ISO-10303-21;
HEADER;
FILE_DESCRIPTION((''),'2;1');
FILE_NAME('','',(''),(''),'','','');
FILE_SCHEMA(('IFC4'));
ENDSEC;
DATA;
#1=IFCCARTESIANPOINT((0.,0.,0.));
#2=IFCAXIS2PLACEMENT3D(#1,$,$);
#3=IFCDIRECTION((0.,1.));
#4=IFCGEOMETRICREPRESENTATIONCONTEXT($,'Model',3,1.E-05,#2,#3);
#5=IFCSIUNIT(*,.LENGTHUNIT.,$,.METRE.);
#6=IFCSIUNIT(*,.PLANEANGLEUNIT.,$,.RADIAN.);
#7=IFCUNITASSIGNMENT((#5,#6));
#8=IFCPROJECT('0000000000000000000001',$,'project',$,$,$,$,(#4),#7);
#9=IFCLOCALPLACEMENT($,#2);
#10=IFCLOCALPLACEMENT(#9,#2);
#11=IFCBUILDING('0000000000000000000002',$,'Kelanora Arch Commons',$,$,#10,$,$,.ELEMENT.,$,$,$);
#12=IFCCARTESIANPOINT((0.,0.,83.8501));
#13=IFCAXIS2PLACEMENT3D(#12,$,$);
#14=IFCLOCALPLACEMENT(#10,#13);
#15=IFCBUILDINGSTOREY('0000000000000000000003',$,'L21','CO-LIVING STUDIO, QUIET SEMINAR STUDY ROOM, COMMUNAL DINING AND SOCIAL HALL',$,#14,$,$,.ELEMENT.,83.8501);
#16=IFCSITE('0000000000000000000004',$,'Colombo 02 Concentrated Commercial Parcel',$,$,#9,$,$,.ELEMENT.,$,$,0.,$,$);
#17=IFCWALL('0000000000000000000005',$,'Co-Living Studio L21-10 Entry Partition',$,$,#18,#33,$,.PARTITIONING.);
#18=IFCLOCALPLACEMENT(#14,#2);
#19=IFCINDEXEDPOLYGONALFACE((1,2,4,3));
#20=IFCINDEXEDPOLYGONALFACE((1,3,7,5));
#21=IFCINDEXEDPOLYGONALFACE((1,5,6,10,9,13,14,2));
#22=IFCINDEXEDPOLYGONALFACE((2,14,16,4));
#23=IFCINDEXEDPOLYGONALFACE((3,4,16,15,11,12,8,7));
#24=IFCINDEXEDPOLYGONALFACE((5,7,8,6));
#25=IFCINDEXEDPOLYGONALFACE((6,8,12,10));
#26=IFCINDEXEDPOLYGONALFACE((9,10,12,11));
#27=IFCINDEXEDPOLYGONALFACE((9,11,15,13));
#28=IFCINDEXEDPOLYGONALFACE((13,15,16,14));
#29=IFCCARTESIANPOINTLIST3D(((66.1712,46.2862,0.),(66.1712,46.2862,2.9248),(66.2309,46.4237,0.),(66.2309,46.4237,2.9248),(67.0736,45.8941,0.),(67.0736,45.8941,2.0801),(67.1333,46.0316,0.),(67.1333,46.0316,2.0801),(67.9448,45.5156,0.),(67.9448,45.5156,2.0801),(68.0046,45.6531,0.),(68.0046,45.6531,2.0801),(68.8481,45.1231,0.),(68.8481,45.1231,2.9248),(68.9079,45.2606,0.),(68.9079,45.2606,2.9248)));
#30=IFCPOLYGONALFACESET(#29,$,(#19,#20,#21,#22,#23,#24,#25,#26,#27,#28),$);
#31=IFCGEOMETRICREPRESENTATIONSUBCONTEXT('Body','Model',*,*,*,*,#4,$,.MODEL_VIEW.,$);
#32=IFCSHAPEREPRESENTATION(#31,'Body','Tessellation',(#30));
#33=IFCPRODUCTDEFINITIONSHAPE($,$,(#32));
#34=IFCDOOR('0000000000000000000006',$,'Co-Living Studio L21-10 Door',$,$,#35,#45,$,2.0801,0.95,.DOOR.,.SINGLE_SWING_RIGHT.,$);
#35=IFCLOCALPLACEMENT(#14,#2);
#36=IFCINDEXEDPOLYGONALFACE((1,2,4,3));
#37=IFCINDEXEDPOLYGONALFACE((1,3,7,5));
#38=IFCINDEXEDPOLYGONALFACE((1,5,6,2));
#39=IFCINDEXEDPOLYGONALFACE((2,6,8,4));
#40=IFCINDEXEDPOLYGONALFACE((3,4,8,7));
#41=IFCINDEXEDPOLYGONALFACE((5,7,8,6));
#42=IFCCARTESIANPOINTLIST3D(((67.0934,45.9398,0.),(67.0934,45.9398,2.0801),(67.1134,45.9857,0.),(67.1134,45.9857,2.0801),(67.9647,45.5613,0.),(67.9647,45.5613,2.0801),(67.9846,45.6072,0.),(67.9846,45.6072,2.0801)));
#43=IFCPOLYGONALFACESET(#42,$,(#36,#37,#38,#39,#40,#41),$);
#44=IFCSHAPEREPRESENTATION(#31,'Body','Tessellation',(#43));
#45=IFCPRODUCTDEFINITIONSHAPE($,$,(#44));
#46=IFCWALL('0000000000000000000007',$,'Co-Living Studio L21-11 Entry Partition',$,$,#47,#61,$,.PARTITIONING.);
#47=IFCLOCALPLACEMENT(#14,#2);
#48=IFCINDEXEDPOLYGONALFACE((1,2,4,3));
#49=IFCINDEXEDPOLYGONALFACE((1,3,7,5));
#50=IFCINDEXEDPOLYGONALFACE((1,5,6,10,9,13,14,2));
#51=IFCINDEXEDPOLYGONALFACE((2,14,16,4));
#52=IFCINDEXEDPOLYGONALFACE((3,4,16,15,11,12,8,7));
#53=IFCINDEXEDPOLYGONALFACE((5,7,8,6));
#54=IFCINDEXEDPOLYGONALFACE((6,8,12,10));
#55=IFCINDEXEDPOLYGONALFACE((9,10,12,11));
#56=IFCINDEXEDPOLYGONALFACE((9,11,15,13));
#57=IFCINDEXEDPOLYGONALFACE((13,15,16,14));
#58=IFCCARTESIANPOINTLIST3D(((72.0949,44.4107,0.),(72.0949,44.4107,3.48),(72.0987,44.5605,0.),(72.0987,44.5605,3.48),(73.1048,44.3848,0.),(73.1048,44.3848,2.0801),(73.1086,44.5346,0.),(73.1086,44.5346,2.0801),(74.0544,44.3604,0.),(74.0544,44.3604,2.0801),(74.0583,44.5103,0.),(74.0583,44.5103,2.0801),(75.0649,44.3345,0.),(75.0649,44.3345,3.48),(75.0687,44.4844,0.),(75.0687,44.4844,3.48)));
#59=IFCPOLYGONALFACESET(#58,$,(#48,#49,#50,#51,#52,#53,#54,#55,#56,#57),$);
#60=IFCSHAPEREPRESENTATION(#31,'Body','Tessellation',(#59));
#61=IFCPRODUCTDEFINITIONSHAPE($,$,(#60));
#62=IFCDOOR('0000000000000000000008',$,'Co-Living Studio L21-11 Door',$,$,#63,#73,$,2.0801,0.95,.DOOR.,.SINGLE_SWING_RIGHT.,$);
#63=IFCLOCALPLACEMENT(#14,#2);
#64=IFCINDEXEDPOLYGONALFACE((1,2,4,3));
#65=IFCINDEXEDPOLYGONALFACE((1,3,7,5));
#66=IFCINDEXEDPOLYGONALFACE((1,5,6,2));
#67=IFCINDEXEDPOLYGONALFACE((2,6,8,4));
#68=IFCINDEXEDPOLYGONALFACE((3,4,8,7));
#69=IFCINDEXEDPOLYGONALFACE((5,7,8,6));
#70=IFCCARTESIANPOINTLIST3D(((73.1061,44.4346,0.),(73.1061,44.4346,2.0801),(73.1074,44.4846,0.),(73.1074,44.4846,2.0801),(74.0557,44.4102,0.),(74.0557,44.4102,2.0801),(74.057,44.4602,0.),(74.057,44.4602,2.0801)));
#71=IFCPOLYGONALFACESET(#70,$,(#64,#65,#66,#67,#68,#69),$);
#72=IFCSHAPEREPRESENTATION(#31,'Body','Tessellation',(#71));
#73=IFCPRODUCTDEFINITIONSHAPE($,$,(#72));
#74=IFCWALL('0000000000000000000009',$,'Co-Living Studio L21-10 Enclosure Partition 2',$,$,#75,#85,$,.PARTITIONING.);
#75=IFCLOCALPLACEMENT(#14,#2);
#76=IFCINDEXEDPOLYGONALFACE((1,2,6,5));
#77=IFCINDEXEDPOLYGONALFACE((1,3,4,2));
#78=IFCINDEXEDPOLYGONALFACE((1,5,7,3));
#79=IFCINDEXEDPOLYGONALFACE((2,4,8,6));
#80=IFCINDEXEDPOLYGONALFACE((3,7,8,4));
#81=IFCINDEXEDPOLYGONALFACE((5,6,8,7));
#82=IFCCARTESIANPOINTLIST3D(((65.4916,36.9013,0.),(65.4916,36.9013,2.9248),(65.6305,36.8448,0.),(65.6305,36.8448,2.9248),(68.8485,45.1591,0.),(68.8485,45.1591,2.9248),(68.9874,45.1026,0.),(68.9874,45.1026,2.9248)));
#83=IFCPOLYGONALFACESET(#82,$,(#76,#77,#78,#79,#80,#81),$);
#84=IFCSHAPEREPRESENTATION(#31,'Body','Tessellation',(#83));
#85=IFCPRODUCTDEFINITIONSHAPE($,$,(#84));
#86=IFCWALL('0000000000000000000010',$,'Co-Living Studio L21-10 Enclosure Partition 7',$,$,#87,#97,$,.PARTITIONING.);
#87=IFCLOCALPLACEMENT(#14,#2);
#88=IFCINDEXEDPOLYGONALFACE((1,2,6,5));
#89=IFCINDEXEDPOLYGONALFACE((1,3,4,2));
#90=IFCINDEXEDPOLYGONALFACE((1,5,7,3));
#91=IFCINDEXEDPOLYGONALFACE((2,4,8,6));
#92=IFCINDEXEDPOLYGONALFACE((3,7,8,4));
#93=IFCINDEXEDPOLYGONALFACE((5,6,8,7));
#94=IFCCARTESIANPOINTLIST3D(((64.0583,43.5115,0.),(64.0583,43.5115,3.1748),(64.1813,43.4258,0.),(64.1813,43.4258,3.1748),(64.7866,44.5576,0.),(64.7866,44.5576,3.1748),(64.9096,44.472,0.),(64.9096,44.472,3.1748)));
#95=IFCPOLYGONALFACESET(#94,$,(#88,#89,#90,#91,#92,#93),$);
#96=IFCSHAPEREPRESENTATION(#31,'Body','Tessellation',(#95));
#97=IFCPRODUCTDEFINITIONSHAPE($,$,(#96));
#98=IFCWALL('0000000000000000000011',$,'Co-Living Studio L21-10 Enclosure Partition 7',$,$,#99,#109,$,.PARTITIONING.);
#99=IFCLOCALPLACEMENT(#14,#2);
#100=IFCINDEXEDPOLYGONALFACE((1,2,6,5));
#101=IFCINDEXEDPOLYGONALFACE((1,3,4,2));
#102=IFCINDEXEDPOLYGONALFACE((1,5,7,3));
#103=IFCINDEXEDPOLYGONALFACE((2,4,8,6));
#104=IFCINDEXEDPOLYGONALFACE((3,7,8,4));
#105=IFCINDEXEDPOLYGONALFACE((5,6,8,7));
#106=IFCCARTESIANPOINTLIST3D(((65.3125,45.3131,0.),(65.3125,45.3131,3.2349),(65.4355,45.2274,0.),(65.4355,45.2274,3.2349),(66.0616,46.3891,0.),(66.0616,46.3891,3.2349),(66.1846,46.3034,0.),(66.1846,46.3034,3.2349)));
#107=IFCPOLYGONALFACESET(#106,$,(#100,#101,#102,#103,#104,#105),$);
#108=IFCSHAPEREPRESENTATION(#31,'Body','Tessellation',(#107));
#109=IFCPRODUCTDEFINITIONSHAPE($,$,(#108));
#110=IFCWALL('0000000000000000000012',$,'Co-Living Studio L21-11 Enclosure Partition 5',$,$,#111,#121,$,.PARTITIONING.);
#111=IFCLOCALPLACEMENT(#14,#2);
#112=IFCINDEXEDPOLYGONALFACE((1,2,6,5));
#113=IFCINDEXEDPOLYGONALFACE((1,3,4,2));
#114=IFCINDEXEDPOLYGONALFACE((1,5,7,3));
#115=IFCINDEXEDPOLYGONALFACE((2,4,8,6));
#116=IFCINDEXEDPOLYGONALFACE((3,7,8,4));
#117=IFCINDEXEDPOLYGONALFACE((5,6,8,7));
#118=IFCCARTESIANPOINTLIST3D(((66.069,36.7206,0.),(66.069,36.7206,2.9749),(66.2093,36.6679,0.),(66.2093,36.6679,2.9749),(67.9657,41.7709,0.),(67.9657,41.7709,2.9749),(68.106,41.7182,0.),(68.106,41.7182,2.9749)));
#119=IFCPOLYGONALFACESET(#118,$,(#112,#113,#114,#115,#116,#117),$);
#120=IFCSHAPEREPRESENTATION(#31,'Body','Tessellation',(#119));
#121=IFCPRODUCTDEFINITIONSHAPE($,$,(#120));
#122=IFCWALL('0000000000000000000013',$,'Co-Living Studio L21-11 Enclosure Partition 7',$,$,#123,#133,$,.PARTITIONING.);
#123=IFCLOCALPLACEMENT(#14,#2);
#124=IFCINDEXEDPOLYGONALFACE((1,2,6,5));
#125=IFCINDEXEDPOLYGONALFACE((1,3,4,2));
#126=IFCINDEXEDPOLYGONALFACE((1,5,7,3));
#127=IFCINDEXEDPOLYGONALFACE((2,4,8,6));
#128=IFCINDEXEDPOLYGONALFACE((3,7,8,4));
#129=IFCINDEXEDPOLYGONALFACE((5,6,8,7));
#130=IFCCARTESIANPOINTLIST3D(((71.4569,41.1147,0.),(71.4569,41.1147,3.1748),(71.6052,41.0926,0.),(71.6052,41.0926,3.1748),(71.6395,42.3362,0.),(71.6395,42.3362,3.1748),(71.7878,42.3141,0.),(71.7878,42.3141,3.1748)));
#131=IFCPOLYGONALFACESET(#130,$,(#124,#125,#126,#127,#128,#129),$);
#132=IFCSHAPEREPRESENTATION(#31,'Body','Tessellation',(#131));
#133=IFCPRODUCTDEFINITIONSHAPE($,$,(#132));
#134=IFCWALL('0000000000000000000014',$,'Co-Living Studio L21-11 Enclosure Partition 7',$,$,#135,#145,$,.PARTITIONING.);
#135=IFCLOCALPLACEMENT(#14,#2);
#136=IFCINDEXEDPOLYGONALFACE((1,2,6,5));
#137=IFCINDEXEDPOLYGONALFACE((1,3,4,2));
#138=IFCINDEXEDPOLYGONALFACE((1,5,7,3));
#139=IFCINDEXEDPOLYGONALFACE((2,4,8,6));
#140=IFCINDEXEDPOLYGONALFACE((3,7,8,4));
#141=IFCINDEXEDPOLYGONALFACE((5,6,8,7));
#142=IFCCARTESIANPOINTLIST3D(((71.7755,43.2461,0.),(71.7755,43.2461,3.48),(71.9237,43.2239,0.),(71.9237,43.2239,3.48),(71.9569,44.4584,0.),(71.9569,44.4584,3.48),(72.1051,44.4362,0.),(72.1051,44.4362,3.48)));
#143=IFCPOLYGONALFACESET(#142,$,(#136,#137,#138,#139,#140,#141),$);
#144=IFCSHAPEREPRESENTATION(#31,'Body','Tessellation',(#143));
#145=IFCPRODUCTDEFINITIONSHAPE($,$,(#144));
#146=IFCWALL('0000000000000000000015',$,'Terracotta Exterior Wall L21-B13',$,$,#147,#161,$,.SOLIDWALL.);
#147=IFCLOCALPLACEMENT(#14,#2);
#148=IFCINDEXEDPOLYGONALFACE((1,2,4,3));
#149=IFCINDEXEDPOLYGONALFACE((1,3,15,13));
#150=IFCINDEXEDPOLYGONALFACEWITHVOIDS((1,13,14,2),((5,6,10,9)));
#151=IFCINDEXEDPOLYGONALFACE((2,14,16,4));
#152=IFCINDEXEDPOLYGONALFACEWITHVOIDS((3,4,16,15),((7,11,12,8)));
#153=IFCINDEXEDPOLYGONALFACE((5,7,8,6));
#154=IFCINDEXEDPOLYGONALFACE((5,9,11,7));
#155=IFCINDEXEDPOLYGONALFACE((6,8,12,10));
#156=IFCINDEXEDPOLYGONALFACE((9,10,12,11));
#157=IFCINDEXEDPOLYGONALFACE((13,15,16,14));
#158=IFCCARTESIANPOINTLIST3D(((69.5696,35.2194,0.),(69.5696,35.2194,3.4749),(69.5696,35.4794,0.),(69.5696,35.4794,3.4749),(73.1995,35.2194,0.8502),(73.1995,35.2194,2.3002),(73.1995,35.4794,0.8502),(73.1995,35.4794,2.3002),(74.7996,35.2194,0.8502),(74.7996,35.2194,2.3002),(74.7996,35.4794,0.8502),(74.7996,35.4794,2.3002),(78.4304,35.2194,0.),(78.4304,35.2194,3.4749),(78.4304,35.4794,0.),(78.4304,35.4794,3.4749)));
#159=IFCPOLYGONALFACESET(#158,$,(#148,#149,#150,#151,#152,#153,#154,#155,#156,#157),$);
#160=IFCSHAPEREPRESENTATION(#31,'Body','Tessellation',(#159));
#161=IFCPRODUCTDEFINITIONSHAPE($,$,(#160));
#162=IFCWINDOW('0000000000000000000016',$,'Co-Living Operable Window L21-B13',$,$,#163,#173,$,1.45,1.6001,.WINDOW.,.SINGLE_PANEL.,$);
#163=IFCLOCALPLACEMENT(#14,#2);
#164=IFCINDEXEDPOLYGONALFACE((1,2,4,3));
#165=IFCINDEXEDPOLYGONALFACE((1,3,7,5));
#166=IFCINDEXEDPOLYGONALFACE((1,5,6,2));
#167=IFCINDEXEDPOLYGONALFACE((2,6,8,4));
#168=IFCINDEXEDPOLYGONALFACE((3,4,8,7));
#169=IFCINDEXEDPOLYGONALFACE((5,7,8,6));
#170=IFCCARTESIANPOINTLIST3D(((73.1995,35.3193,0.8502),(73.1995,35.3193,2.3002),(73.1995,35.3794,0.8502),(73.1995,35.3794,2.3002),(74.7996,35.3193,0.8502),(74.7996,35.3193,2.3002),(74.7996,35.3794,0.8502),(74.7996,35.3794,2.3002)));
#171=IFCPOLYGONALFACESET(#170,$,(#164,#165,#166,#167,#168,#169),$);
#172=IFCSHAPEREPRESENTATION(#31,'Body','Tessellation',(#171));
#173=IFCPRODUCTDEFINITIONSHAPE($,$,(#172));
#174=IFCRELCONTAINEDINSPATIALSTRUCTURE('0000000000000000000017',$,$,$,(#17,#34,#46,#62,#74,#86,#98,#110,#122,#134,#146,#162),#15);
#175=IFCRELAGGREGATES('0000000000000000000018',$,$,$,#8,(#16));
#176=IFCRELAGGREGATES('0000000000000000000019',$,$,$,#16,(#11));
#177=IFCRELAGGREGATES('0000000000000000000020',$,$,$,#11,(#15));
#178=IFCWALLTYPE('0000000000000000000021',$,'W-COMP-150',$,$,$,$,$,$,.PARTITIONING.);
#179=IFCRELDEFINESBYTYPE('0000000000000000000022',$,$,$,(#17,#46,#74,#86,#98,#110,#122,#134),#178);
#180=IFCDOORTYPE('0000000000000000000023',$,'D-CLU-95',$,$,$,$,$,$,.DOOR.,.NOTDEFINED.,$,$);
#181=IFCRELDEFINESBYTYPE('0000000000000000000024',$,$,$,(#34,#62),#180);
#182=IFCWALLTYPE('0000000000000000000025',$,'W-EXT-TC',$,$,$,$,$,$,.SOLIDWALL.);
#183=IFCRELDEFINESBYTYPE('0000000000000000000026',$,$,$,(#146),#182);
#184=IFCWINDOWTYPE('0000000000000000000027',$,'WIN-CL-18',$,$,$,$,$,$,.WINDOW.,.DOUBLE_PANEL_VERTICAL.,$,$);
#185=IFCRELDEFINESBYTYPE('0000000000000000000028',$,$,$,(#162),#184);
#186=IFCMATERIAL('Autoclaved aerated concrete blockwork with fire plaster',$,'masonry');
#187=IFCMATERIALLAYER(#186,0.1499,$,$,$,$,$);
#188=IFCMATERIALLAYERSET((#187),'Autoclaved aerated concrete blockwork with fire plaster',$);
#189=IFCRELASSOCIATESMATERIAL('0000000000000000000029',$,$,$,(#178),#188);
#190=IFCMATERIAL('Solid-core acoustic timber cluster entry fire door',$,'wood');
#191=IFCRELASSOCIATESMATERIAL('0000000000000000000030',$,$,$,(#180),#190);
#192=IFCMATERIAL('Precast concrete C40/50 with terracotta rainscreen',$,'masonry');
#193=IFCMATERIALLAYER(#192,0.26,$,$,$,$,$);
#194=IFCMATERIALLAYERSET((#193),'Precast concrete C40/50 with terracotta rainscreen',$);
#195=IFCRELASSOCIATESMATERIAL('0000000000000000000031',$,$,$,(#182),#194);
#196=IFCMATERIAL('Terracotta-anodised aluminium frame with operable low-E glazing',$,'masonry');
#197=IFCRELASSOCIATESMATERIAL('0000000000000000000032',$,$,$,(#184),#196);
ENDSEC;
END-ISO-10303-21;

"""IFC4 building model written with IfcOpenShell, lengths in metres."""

from ifc_helpers import new_model, si_unit, direction, frame, frame_2d, origin, place, context, subcontext, project, spatial, rectangle, extrude, material, layer, layer_set, type_object, element, fill, save


model = new_model("IFC4")

# Units and contexts
model_context = context("Model", 3, precision=1e-05, world=origin(), true_north=direction((0.0, 1.0)))
body_context = subcontext(model_context, "Body", "Model", "MODEL_VIEW")
ifc_project = project(units=[si_unit("LENGTHUNIT", "METRE"), si_unit("PLANEANGLEUNIT", "RADIAN")], contexts=[model_context])

# Site, building, storey
site_placement = place(None, origin())
site = spatial("IfcSite", under=ifc_project, at=site_placement, Name="Colombo 02 Concentrated Commercial Parcel", CompositionType="ELEMENT", RefElevation=0.0)
building_placement = place(site_placement, origin())
building = spatial("IfcBuilding", under=site, at=building_placement, Name="Kelanora Arch Commons", CompositionType="ELEMENT")
storey_placement = place(building_placement, frame((0.0, 0.0, 83.8501)))
storey = spatial("IfcBuildingStorey", under=building, at=storey_placement, Name="L21", Description="CO-LIVING STUDIO, QUIET SEMINAR STUDY ROOM, COMMUNAL DINING AND SOCIAL HALL", CompositionType="ELEMENT", Elevation=83.8501)

# Walls, openings, doors
ifc_material_1 = material(Name="Autoclaved aerated concrete blockwork with fire plaster", Category="masonry")
ifc_layer_1 = layer(ifc_material_1, 0.1499)
ifc_layer_set_1 = layer_set([ifc_layer_1], Name="Autoclaved aerated concrete blockwork with fire plaster")
wall_type_1 = type_object("IfcWallType", Name="W-COMP-150", PredefinedType="PARTITIONING", material=ifc_layer_set_1)
wall_1_placement = place(storey_placement, frame((66.2009, 46.355, 0.0), z_axis=(0.0, 0.0, 1.0), x_axis=(0.917174, -0.398488, 0.0)))
wall_1 = element("IfcWall", 1, at=wall_1_placement, inside=storey, type_object=wall_type_1, Name="Co-Living Studio L21-10 Entry Partition", PredefinedType="PARTITIONING", context=body_context, shape_type="SweptSolid", body=[
    extrude(rectangle(XDim=2.9187, YDim=0.1499, at=frame_2d((1.4595, 0.0))), origin(), (0.0, 0.0, 1.0), 2.9248),
])
opening_1_placement = place(wall_1_placement, frame((0.9839, 0.0, 0.0)))
opening_1 = element("IfcOpeningElement", 2, at=opening_1_placement, cuts=wall_1, PredefinedType="OPENING", context=body_context, shape_type="SweptSolid", body=[
    extrude(rectangle(XDim=0.95, YDim=2.0801, at=frame_2d((0.4751, 1.04))), frame((0.0, 0.085, 0.0), z_axis=(0.0, -1.0, 0.0), x_axis=(1.0, 0.0, 0.0)), (0.0, 0.0, 1.0), 0.1699),
])
ifc_material_2 = material(Name="Solid-core acoustic timber cluster entry fire door", Category="wood")
door_type_1 = type_object("IfcDoorType", Name="D-CLU-95", OperationType="NOTDEFINED", PredefinedType="DOOR", material=ifc_material_2)
door_1_placement = place(opening_1_placement, origin())
door_1 = element("IfcDoor", 3, at=door_1_placement, inside=storey, type_object=door_type_1, Name="Co-Living Studio L21-10 Door", OperationType="SINGLE_SWING_RIGHT", OverallHeight=2.0801, OverallWidth=0.95, PredefinedType="DOOR", context=body_context, shape_type="SweptSolid", body=[
    extrude(rectangle(XDim=0.95, YDim=2.0801, at=frame_2d((0.4751, 1.04))), frame((0.0, 0.0249, 0.0), z_axis=(0.0, -1.0, 0.0), x_axis=(1.0, 0.0, 0.0)), (0.0, 0.0, 1.0), 0.05),
])
fill(opening_1, door_1)
wall_2_placement = place(storey_placement, frame((72.0969, 44.4856, 0.0), z_axis=(0.0, 0.0, 1.0), x_axis=(0.999671, -0.025639, 0.0)))
wall_2 = element("IfcWall", 4, at=wall_2_placement, inside=storey, type_object=wall_type_1, Name="Co-Living Studio L21-11 Entry Partition", PredefinedType="PARTITIONING", context=body_context, shape_type="SweptSolid", body=[
    extrude(rectangle(XDim=2.9709, YDim=0.1499, at=frame_2d((1.4854, 0.0))), origin(), (0.0, 0.0, 1.0), 3.48),
])
opening_2_placement = place(wall_2_placement, frame((1.01, 0.0, 0.0)))
opening_2 = element("IfcOpeningElement", 5, at=opening_2_placement, cuts=wall_2, PredefinedType="OPENING", context=body_context, shape_type="SweptSolid", body=[
    extrude(rectangle(XDim=0.95, YDim=2.0801, at=frame_2d((0.4751, 1.04))), frame((0.0, 0.085, 0.0), z_axis=(0.0, -1.0, 0.0), x_axis=(1.0, 0.0, 0.0)), (0.0, 0.0, 1.0), 0.1699),
])
door_2_placement = place(opening_2_placement, origin())
door_2 = element("IfcDoor", 6, at=door_2_placement, inside=storey, type_object=door_type_1, Name="Co-Living Studio L21-11 Door", OperationType="SINGLE_SWING_RIGHT", OverallHeight=2.0801, OverallWidth=0.95, PredefinedType="DOOR", context=body_context, shape_type="SweptSolid", body=[
    extrude(rectangle(XDim=0.95, YDim=2.0801, at=frame_2d((0.4751, 1.04))), frame((0.0, 0.0249, 0.0), z_axis=(0.0, -1.0, 0.0), x_axis=(1.0, 0.0, 0.0)), (0.0, 0.0, 1.0), 0.05),
])
fill(opening_2, door_2)

# Walls
wall_3_placement = place(storey_placement, frame((68.918, 45.1309, 0.0), z_axis=(0.0, 0.0, 1.0), x_axis=(-0.376589, -0.926381, 0.0)))
element("IfcWall", 7, at=wall_3_placement, inside=storey, type_object=wall_type_1, Name="Co-Living Studio L21-10 Enclosure Partition 2", PredefinedType="PARTITIONING", context=body_context, shape_type="SweptSolid", body=[
    extrude(rectangle(XDim=8.9141, YDim=0.1499, at=frame_2d((4.457, 0.0))), origin(), (0.0, 0.0, 1.0), 2.9248),
])
wall_4_placement = place(storey_placement, frame((64.1199, 43.4688, 0.0), z_axis=(0.0, 0.0, 1.0), x_axis=(0.571339, 0.820714, 0.0)))
element("IfcWall", 8, at=wall_4_placement, inside=storey, type_object=wall_type_1, Name="Co-Living Studio L21-10 Enclosure Partition 7", PredefinedType="PARTITIONING", context=body_context, shape_type="SweptSolid", body=[
    extrude(rectangle(XDim=1.2747, YDim=0.1499, at=frame_2d((0.6372, 0.0))), origin(), (0.0, 0.0, 1.0), 3.1748),
])
wall_5_placement = place(storey_placement, frame((65.374, 45.2703, 0.0), z_axis=(0.0, 0.0, 1.0), x_axis=(0.571348, 0.820708, 0.0)))
element("IfcWall", 9, at=wall_5_placement, inside=storey, type_object=wall_type_1, Name="Co-Living Studio L21-10 Enclosure Partition 7", PredefinedType="PARTITIONING", context=body_context, shape_type="SweptSolid", body=[
    extrude(rectangle(XDim=1.311, YDim=0.1499, at=frame_2d((0.6555, 0.0))), origin(), (0.0, 0.0, 1.0), 3.2349),
])
wall_6_placement = place(storey_placement, frame((66.1392, 36.6943, 0.0), z_axis=(0.0, 0.0, 1.0), x_axis=(0.35159, 0.936154, 0.0)))
element("IfcWall", 10, at=wall_6_placement, inside=storey, type_object=wall_type_1, Name="Co-Living Studio L21-11 Enclosure Partition 5", PredefinedType="PARTITIONING", context=body_context, shape_type="SweptSolid", body=[
    extrude(rectangle(XDim=5.3948, YDim=0.1499, at=frame_2d((2.6973, 0.0))), origin(), (0.0, 0.0, 1.0), 2.9749),
])
wall_7_placement = place(storey_placement, frame((71.531, 41.1035, 0.0), z_axis=(0.0, 0.0, 1.0), x_axis=(0.147867, 0.989007, 0.0)))
element("IfcWall", 11, at=wall_7_placement, inside=storey, type_object=wall_type_1, Name="Co-Living Studio L21-11 Enclosure Partition 7", PredefinedType="PARTITIONING", context=body_context, shape_type="SweptSolid", body=[
    extrude(rectangle(XDim=1.2351, YDim=0.1499, at=frame_2d((0.6177, 0.0))), origin(), (0.0, 0.0, 1.0), 3.1748),
])
wall_8_placement = place(storey_placement, frame((71.8496, 43.2351, 0.0), z_axis=(0.0, 0.0, 1.0), x_axis=(0.14797, 0.988992, 0.0)))
element("IfcWall", 12, at=wall_8_placement, inside=storey, type_object=wall_type_1, Name="Co-Living Studio L21-11 Enclosure Partition 7", PredefinedType="PARTITIONING", context=body_context, shape_type="SweptSolid", body=[
    extrude(rectangle(XDim=1.2258, YDim=0.1499, at=frame_2d((0.6128, 0.0))), origin(), (0.0, 0.0, 1.0), 3.48),
])

# Wall, opening, window
ifc_material_3 = material(Name="Precast concrete C40/50 with terracotta rainscreen", Category="masonry")
ifc_layer_2 = layer(ifc_material_3, 0.26)
ifc_layer_set_2 = layer_set([ifc_layer_2], Name="Precast concrete C40/50 with terracotta rainscreen")
wall_type_2 = type_object("IfcWallType", Name="W-EXT-TC", PredefinedType="SOLIDWALL", material=ifc_layer_set_2)
wall_9_placement = place(storey_placement, frame((69.5696, 35.3494, 0.0), z_axis=(0.0, 0.0, 1.0), x_axis=(1.0, 0.0, 0.0)))
wall_9 = element("IfcWall", 13, at=wall_9_placement, inside=storey, type_object=wall_type_2, Name="Terracotta Exterior Wall L21-B13", PredefinedType="SOLIDWALL", context=body_context, shape_type="SweptSolid", body=[
    extrude(rectangle(XDim=8.8608, YDim=0.26, at=frame_2d((4.4304, 0.0))), origin(), (0.0, 0.0, 1.0), 3.4749),
])
opening_3_placement = place(wall_9_placement, frame((3.6299, 0.0, 0.8501)))
opening_3 = element("IfcOpeningElement", 14, at=opening_3_placement, cuts=wall_9, PredefinedType="OPENING", context=body_context, shape_type="SweptSolid", body=[
    extrude(rectangle(XDim=1.6001, YDim=1.45, at=frame_2d((0.8, 0.7251))), frame((0.0, 0.1401, 0.0), z_axis=(0.0, -1.0, 0.0), x_axis=(1.0, 0.0, 0.0)), (0.0, 0.0, 1.0), 0.28),
])
ifc_material_4 = material(Name="Terracotta-anodised aluminium frame with operable low-E glazing", Category="masonry")
window_type = type_object("IfcWindowType", Name="WIN-CL-18", PartitioningType="DOUBLE_PANEL_VERTICAL", PredefinedType="WINDOW", material=ifc_material_4)
window_placement = place(opening_3_placement, origin())
window = element("IfcWindow", 15, at=window_placement, inside=storey, type_object=window_type, Name="Co-Living Operable Window L21-B13", OverallHeight=1.45, OverallWidth=1.6001, PartitioningType="SINGLE_PANEL", PredefinedType="WINDOW", context=body_context, shape_type="SweptSolid", body=[
    extrude(rectangle(XDim=1.6001, YDim=1.45, at=frame_2d((0.8, 0.7251))), frame((0.0, 0.03, 0.0), z_axis=(0.0, -1.0, 0.0), x_axis=(1.0, 0.0, 0.0)), (0.0, 0.0, 1.0), 0.0601),
])
fill(opening_3, window)

save(model, "model.ifc")
